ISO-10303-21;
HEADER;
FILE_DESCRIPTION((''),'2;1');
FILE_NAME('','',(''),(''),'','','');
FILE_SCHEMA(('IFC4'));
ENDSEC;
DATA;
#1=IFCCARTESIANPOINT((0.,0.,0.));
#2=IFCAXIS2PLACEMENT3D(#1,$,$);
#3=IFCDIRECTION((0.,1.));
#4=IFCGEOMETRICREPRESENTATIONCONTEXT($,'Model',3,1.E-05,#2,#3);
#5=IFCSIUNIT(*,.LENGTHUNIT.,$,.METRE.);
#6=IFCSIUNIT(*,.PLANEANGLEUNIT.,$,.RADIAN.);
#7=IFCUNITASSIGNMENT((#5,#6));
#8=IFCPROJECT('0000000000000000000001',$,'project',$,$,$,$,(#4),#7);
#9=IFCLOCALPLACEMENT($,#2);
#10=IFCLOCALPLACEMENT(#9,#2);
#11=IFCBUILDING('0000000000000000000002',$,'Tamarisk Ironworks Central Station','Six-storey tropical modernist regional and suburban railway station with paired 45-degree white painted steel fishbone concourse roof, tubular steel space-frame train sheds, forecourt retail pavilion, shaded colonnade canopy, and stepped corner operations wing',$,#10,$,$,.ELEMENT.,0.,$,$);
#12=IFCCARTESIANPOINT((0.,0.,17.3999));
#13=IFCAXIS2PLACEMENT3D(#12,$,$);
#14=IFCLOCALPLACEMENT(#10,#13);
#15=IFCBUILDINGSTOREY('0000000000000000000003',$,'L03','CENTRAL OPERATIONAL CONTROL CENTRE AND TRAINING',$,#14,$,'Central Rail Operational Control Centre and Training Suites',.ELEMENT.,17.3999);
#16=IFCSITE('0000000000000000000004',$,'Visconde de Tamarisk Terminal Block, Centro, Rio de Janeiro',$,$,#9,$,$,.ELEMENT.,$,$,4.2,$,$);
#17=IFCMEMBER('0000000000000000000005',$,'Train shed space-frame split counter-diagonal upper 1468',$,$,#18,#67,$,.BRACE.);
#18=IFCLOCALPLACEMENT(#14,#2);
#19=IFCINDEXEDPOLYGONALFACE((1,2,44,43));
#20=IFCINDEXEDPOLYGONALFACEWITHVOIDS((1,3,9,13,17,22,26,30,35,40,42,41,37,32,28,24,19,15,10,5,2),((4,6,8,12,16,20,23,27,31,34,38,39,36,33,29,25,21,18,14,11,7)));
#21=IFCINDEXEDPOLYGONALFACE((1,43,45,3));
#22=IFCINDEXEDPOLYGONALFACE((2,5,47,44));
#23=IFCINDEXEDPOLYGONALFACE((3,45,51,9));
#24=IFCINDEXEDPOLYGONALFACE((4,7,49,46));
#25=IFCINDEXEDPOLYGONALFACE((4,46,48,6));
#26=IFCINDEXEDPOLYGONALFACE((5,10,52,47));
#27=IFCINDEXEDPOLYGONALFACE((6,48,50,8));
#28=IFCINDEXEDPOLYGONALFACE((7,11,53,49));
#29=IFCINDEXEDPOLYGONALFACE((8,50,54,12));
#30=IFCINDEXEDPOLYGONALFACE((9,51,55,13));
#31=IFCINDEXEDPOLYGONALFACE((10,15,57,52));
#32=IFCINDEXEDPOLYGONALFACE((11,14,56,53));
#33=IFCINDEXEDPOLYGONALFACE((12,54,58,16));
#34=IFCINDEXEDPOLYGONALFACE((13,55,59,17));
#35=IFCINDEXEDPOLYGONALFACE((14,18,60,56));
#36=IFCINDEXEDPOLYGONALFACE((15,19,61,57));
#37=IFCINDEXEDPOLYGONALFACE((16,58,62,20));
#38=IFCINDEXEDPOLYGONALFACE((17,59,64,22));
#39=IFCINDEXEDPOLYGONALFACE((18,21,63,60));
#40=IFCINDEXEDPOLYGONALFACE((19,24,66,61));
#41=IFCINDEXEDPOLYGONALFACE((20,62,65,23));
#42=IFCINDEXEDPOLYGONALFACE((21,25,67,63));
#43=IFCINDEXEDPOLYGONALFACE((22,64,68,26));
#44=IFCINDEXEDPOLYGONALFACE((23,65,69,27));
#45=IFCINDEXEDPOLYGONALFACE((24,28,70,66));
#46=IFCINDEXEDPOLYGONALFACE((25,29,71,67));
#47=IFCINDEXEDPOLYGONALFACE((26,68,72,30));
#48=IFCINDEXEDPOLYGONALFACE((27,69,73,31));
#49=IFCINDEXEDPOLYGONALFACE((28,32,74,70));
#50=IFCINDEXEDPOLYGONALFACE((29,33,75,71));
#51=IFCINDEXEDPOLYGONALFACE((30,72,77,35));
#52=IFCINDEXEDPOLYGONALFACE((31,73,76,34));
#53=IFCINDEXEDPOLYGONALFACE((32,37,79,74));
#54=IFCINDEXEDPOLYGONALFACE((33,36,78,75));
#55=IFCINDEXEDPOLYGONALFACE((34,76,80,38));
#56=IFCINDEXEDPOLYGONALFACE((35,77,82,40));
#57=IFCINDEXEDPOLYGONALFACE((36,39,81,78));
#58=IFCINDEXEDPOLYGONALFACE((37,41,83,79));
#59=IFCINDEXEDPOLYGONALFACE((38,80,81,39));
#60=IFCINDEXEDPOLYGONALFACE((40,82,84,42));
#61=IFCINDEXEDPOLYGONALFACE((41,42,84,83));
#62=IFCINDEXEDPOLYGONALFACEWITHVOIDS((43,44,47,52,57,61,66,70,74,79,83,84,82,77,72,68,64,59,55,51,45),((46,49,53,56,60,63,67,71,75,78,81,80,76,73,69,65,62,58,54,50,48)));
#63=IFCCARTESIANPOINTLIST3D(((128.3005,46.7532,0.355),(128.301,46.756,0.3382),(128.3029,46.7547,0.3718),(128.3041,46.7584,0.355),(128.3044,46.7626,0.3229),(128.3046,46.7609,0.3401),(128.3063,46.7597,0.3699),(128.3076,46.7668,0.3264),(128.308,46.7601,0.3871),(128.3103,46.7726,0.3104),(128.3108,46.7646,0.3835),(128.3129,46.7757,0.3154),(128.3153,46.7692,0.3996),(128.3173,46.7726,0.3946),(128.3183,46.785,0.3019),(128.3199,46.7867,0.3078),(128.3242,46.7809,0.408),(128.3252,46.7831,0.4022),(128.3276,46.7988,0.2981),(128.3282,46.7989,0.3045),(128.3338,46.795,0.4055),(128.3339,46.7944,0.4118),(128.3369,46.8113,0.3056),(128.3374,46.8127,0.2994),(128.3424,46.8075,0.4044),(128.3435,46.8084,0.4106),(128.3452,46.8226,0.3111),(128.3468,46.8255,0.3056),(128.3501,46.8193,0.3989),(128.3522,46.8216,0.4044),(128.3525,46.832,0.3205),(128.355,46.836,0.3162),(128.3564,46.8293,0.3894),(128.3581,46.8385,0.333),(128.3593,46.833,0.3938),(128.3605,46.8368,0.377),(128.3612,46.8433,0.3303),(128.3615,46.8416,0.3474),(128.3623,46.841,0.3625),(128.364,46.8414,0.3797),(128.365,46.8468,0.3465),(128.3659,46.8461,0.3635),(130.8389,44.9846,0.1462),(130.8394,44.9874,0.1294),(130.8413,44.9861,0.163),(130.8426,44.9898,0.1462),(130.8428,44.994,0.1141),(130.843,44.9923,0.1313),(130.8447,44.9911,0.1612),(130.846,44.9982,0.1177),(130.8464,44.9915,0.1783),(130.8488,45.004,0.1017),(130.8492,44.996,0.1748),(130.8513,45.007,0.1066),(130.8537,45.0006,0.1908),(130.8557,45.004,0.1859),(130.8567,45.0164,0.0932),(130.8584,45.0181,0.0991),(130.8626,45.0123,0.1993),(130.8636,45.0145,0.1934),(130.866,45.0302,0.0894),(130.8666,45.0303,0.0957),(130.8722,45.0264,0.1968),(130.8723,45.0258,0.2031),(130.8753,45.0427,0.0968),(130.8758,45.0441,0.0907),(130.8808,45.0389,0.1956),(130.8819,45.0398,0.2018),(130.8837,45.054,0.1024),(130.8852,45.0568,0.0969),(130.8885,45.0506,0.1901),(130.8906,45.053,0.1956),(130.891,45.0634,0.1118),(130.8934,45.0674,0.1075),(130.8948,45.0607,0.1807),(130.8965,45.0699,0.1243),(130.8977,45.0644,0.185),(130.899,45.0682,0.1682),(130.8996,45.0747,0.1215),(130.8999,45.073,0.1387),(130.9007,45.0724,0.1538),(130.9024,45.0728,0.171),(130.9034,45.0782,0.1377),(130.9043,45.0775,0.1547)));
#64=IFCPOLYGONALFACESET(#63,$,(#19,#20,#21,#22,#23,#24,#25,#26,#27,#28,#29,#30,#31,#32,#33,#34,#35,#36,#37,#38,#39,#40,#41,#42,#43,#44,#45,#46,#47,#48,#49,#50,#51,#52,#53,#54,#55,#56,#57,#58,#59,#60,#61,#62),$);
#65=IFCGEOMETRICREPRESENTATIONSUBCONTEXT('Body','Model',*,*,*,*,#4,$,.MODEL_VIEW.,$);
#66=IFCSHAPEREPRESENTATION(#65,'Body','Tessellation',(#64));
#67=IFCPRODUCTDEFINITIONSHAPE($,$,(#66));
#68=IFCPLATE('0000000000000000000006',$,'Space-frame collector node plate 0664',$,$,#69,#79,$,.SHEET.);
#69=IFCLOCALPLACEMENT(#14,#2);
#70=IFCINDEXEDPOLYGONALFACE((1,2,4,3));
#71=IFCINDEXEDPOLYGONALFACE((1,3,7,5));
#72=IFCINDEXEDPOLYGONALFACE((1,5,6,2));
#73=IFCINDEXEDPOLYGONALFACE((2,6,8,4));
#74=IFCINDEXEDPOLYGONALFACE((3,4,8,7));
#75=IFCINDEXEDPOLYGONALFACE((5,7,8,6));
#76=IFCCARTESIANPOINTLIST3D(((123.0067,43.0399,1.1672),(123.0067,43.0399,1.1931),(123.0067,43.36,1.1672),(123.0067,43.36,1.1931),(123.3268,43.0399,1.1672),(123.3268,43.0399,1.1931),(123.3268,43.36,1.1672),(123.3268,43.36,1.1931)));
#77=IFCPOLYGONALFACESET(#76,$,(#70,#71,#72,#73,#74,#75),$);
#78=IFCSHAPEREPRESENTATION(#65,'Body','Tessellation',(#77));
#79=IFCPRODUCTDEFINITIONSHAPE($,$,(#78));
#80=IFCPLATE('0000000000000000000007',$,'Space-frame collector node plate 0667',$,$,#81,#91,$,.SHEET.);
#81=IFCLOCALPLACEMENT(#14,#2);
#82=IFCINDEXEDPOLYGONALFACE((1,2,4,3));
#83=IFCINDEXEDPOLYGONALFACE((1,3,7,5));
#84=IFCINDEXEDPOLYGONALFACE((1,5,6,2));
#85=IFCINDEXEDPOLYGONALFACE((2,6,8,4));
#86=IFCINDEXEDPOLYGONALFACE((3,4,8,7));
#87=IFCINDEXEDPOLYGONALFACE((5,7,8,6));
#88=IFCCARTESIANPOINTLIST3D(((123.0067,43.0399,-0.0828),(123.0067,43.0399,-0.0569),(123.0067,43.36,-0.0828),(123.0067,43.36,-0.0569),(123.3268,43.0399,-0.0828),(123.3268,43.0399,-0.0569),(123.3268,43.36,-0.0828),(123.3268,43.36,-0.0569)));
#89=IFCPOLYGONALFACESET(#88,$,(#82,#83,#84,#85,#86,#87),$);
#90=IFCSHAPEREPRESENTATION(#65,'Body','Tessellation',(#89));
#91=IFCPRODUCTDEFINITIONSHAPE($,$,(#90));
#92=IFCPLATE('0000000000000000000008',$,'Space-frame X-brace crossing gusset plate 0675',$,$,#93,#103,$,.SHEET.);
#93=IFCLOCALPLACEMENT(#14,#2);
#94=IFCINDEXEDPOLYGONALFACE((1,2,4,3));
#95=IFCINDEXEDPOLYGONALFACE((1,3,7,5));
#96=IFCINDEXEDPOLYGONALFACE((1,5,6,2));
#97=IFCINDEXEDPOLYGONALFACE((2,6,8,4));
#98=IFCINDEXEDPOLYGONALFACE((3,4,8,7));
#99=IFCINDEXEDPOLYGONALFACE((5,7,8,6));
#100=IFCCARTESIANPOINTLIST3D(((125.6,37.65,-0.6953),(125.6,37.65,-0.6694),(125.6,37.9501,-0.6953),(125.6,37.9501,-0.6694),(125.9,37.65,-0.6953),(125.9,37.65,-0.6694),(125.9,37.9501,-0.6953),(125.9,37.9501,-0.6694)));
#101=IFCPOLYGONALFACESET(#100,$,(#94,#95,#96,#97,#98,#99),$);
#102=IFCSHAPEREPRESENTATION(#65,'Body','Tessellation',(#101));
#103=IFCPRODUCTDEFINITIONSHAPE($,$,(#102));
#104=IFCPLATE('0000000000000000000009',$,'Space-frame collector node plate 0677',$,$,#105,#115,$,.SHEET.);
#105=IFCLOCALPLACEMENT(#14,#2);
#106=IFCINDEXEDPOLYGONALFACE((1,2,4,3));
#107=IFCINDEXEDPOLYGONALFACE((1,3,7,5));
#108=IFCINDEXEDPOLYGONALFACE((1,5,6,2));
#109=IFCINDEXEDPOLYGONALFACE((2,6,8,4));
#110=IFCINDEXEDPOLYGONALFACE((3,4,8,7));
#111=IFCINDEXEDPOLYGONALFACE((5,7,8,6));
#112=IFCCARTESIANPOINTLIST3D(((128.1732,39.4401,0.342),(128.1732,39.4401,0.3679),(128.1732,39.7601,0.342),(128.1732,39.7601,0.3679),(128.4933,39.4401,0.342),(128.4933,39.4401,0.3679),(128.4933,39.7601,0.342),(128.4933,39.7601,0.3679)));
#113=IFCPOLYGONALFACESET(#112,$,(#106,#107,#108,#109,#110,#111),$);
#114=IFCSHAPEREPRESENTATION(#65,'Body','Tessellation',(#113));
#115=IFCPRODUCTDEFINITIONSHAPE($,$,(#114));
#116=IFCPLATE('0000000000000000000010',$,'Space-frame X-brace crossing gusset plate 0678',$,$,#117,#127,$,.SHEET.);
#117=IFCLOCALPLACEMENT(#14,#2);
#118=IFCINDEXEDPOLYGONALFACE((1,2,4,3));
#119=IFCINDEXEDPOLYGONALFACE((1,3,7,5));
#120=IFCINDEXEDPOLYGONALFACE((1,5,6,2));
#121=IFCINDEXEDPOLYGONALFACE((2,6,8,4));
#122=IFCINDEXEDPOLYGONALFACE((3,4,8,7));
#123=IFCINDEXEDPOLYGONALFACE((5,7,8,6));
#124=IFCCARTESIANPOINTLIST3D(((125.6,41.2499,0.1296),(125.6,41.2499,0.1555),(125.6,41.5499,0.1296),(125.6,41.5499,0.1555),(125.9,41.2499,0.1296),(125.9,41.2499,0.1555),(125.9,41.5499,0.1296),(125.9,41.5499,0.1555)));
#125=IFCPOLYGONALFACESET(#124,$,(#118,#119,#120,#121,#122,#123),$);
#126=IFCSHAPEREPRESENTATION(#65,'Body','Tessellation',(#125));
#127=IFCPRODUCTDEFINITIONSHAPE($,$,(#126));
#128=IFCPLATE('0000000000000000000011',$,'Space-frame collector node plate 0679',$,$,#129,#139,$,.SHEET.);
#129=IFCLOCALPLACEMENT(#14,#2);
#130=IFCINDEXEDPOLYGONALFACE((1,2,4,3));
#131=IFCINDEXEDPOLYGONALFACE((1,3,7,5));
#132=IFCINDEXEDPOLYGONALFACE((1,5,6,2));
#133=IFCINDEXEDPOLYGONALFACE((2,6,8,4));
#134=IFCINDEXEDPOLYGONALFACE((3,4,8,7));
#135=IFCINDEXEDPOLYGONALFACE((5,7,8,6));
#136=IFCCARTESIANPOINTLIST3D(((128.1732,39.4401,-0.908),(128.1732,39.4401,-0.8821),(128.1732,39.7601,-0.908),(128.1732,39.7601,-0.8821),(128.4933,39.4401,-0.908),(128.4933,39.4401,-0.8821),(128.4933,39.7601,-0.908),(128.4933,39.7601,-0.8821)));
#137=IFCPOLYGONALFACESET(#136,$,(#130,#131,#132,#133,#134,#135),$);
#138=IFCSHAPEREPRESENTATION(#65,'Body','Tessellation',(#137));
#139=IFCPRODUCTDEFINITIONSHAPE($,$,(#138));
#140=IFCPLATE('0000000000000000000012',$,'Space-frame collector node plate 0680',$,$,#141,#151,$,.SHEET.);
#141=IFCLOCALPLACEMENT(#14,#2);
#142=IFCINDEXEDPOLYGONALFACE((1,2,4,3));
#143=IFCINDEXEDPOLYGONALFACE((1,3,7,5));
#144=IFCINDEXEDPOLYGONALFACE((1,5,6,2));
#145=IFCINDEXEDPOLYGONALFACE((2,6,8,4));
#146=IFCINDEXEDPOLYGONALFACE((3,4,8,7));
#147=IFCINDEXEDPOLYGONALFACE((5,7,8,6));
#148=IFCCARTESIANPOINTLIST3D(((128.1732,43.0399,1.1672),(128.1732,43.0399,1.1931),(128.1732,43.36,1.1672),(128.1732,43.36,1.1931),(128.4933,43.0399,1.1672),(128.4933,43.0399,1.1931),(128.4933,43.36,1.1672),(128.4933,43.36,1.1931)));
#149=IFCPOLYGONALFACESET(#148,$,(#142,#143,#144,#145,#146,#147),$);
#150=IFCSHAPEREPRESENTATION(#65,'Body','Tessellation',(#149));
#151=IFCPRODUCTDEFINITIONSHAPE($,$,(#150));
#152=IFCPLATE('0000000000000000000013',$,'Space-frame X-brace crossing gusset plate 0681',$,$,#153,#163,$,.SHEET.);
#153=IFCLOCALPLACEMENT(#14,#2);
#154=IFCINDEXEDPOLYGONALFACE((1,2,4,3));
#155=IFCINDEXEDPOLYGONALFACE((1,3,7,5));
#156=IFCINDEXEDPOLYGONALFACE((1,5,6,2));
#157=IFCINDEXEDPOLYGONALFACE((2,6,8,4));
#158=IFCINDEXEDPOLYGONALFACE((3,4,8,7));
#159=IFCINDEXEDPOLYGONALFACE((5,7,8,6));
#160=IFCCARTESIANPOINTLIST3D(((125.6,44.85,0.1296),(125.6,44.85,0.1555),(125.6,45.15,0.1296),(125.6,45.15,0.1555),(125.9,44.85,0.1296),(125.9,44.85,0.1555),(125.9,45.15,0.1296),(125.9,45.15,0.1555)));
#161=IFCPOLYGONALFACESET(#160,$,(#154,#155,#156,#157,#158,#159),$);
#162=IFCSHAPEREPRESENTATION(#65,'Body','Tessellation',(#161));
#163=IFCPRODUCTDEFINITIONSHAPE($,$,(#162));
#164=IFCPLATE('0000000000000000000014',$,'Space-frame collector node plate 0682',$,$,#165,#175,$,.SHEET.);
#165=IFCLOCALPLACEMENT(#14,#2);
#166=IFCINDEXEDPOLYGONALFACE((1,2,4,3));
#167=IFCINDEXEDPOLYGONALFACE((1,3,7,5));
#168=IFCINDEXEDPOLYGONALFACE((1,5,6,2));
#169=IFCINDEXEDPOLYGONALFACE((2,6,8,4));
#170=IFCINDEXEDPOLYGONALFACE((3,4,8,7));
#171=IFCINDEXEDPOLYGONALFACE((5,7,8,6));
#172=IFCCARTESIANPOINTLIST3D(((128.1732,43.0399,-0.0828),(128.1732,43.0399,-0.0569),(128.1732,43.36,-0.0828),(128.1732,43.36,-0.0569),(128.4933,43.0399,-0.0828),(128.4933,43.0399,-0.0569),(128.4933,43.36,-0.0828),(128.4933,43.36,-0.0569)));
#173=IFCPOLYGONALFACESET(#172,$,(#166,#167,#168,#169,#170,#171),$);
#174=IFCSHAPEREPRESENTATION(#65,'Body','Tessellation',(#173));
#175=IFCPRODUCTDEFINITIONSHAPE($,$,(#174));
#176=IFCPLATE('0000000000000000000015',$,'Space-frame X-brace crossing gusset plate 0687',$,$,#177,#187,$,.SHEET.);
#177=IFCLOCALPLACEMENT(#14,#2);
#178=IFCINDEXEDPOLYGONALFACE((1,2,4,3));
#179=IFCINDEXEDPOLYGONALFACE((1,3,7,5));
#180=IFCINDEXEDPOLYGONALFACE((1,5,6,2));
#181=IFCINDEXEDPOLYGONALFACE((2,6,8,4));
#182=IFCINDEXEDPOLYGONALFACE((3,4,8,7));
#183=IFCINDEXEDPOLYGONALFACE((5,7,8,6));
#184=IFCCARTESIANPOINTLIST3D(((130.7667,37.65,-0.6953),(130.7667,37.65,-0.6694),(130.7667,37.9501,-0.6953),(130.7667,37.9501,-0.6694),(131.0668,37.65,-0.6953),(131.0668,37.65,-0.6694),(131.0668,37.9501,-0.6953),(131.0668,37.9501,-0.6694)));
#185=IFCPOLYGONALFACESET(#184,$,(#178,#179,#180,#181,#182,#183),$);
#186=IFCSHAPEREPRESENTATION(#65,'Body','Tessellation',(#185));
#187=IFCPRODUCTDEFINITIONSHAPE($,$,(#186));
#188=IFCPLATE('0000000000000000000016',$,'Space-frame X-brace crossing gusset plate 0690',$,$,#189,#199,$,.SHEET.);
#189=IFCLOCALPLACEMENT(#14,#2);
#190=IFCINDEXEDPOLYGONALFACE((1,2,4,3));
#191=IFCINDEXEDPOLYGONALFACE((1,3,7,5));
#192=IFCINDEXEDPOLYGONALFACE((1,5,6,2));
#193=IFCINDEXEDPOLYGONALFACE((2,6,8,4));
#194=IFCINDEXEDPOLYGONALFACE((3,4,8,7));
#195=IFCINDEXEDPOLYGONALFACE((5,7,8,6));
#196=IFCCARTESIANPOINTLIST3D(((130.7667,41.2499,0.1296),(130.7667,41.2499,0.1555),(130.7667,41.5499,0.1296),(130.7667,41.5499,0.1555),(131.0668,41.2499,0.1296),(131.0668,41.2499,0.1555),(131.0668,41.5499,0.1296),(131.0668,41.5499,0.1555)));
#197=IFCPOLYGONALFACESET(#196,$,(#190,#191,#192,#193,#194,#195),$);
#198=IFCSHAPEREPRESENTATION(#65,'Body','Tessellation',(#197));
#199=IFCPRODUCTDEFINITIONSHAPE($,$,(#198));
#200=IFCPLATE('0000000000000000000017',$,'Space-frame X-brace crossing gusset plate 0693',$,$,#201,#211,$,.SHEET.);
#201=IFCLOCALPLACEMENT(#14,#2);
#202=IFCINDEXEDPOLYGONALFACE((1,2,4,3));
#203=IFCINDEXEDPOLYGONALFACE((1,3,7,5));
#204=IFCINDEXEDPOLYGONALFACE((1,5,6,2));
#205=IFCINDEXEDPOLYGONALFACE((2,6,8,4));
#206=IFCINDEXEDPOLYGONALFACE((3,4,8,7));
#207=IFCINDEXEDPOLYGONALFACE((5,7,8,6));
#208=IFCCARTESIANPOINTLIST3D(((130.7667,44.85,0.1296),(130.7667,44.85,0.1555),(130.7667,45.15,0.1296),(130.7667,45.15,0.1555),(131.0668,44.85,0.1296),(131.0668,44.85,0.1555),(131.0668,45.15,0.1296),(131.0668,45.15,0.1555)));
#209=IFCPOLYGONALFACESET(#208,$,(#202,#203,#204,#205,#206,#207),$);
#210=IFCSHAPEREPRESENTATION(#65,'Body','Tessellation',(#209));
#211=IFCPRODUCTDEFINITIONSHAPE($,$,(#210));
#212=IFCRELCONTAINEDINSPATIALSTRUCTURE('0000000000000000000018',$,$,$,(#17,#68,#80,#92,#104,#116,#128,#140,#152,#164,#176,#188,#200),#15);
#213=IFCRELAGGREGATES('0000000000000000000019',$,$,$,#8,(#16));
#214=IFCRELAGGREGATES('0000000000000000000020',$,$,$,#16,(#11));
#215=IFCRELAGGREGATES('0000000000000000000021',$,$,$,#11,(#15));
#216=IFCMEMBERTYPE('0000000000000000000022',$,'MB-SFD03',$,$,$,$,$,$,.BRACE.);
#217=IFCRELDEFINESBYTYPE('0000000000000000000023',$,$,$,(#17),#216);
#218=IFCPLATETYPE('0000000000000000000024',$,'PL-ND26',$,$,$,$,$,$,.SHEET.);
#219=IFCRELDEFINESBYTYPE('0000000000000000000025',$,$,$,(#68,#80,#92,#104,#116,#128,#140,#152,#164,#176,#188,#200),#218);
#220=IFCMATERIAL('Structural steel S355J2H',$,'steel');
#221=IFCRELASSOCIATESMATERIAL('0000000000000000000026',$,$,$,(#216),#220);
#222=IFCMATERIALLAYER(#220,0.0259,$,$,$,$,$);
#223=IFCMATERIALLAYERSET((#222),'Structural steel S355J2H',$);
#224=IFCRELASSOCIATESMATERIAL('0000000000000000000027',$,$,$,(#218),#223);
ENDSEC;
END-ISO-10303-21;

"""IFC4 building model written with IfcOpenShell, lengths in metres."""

from ifc_helpers import new_model, si_unit, direction, frame, origin, origin_2d, place, context, subcontext, project, spatial, rectangle, hollow_circle, extrude, material, layer, layer_set, material_profile, profile_set, type_object, element, save


model = new_model("IFC4")

# Units and contexts
model_context = context("Model", 3, precision=1e-05, world=origin(), true_north=direction((0.0, 1.0)))
body_context = subcontext(model_context, "Body", "Model", "MODEL_VIEW")
ifc_project = project(units=[si_unit("LENGTHUNIT", "METRE"), si_unit("PLANEANGLEUNIT", "RADIAN")], contexts=[model_context])

# Site, building, storey
site_placement = place(None, origin())
site = spatial("IfcSite", under=ifc_project, at=site_placement, Name="Visconde de Tamarisk Terminal Block, Centro, Rio de Janeiro", CompositionType="ELEMENT", RefElevation=4.2)
building_placement = place(site_placement, origin())
building = spatial("IfcBuilding", under=site, at=building_placement, Name="Tamarisk Ironworks Central Station", Description="Six-storey tropical modernist regional and suburban railway station with paired 45-degree white painted steel fishbone concourse roof, tubular steel space-frame train sheds, forecourt retail pavilion, shaded colonnade canopy, and stepped corner operations wing", CompositionType="ELEMENT", ElevationOfRefHeight=0.0)
storey_placement = place(building_placement, frame((0.0, 0.0, 17.3999)))
storey = spatial("IfcBuildingStorey", under=building, at=storey_placement, Name="L03", Description="CENTRAL OPERATIONAL CONTROL CENTRE AND TRAINING", LongName="Central Rail Operational Control Centre and Training Suites", CompositionType="ELEMENT", Elevation=17.3999)

# Member
ifc_material_1 = material(Name="Structural steel S355J2H", Category="steel")
ifc_material_profile_1 = material_profile(ifc_material_1, hollow_circle(Radius=0.0571, WallThickness=0.0063, at=origin_2d()), Name="CHS 114.3x6.3")
ifc_profile_set_1 = profile_set([ifc_material_profile_1], Name="Structural steel S355J2H")
member_type_1 = type_object("IfcMemberType", Name="MB-SFD03", PredefinedType="BRACE", material=ifc_profile_set_1)
member_1_placement = place(storey_placement, frame((130.8716, 45.0315, 0.1462), z_axis=(-0.818625, 0.570369, 0.06732), x_axis=(-0.571666, -0.820487, 0.0)))
element("IfcMember", 1, at=member_1_placement, inside=storey, type_object=member_type_1, Name="Train shed space-frame split counter-diagonal upper 1468", PredefinedType="BRACE", context=body_context, shape_type="SweptSolid", body=[
    extrude(hollow_circle(Radius=0.0571, WallThickness=0.0063, at=origin_2d()), origin(), (0.0, 0.0, 1.0), 3.1008),
])

# Plates
ifc_layer = layer(ifc_material_1, 0.0259)
ifc_layer_set = layer_set([ifc_layer], Name="Structural steel S355J2H")
plate_type = type_object("IfcPlateType", Name="PL-ND26", PredefinedType="SHEET", material=ifc_layer_set)
for number, where, z_axis, x_axis, name in (
    (2, (123.1667, 43.2, 1.1672), (0.0, 0.0, 1.0), (1.0, 0.0, 0.0), "Space-frame collector node plate 0664"),
    (3, (123.1667, 43.2, -0.0828), (0.0, 0.0, 1.0), (1.0, 0.0, 0.0), "Space-frame collector node plate 0667"),
):
    element("IfcPlate", number, at=place(storey_placement, frame(where, z_axis=z_axis, x_axis=x_axis)), inside=storey, type_object=plate_type, Name=name, PredefinedType="SHEET", context=body_context, shape_type="SweptSolid", body=[
        extrude(rectangle(XDim=0.3201, YDim=0.3201, at=origin_2d()), origin(), (0.0, 0.0, 1.0), 0.0259),
    ])
plate_1_placement = place(storey_placement, frame((125.75, 37.8, -0.6953), z_axis=(0.0, 0.0, 1.0), x_axis=(1.0, 0.0, 0.0)))
element("IfcPlate", 4, at=plate_1_placement, inside=storey, type_object=plate_type, Name="Space-frame X-brace crossing gusset plate 0675", PredefinedType="SHEET", context=body_context, shape_type="SweptSolid", body=[
    extrude(rectangle(XDim=0.3, YDim=0.3, at=origin_2d()), origin(), (0.0, 0.0, 1.0), 0.0259),
])
plate_2_placement = place(storey_placement, frame((128.3333, 39.6001, 0.342), z_axis=(0.0, 0.0, 1.0), x_axis=(1.0, 0.0, 0.0)))
element("IfcPlate", 5, at=plate_2_placement, inside=storey, type_object=plate_type, Name="Space-frame collector node plate 0677", PredefinedType="SHEET", context=body_context, shape_type="SweptSolid", body=[
    extrude(rectangle(XDim=0.3201, YDim=0.3201, at=origin_2d()), origin(), (0.0, 0.0, 1.0), 0.0259),
])
plate_3_placement = place(storey_placement, frame((125.75, 41.3999, 0.1296), z_axis=(0.0, 0.0, 1.0), x_axis=(1.0, 0.0, 0.0)))
element("IfcPlate", 6, at=plate_3_placement, inside=storey, type_object=plate_type, Name="Space-frame X-brace crossing gusset plate 0678", PredefinedType="SHEET", context=body_context, shape_type="SweptSolid", body=[
    extrude(rectangle(XDim=0.3, YDim=0.3, at=origin_2d()), origin(), (0.0, 0.0, 1.0), 0.0259),
])
for number, where, z_axis, x_axis, name in (
    (7, (128.3333, 39.6001, -0.908), (0.0, 0.0, 1.0), (1.0, 0.0, 0.0), "Space-frame collector node plate 0679"),
    (8, (128.3333, 43.2, 1.1672), (0.0, 0.0, 1.0), (1.0, 0.0, 0.0), "Space-frame collector node plate 0680"),
):
    element("IfcPlate", number, at=place(storey_placement, frame(where, z_axis=z_axis, x_axis=x_axis)), inside=storey, type_object=plate_type, Name=name, PredefinedType="SHEET", context=body_context, shape_type="SweptSolid", body=[
        extrude(rectangle(XDim=0.3201, YDim=0.3201, at=origin_2d()), origin(), (0.0, 0.0, 1.0), 0.0259),
    ])
plate_4_placement = place(storey_placement, frame((125.75, 45.0, 0.1296), z_axis=(0.0, 0.0, 1.0), x_axis=(1.0, 0.0, 0.0)))
element("IfcPlate", 9, at=plate_4_placement, inside=storey, type_object=plate_type, Name="Space-frame X-brace crossing gusset plate 0681", PredefinedType="SHEET", context=body_context, shape_type="SweptSolid", body=[
    extrude(rectangle(XDim=0.3, YDim=0.3, at=origin_2d()), origin(), (0.0, 0.0, 1.0), 0.0259),
])
plate_5_placement = place(storey_placement, frame((128.3333, 43.2, -0.0828), z_axis=(0.0, 0.0, 1.0), x_axis=(1.0, 0.0, 0.0)))
element("IfcPlate", 10, at=plate_5_placement, inside=storey, type_object=plate_type, Name="Space-frame collector node plate 0682", PredefinedType="SHEET", context=body_context, shape_type="SweptSolid", body=[
    extrude(rectangle(XDim=0.3201, YDim=0.3201, at=origin_2d()), origin(), (0.0, 0.0, 1.0), 0.0259),
])
for number, where, z_axis, x_axis, name in (
    (11, (130.9167, 37.8, -0.6953), (0.0, 0.0, 1.0), (1.0, 0.0, 0.0), "Space-frame X-brace crossing gusset plate 0687"),
    (12, (130.9167, 41.3999, 0.1296), (0.0, 0.0, 1.0), (1.0, 0.0, 0.0), "Space-frame X-brace crossing gusset plate 0690"),
    (13, (130.9167, 45.0, 0.1296), (0.0, 0.0, 1.0), (1.0, 0.0, 0.0), "Space-frame X-brace crossing gusset plate 0693"),
):
    element("IfcPlate", number, at=place(storey_placement, frame(where, z_axis=z_axis, x_axis=x_axis)), inside=storey, type_object=plate_type, Name=name, PredefinedType="SHEET", context=body_context, shape_type="SweptSolid", body=[
        extrude(rectangle(XDim=0.3, YDim=0.3, at=origin_2d()), origin(), (0.0, 0.0, 1.0), 0.0259),
    ])

save(model, "model.ifc")
